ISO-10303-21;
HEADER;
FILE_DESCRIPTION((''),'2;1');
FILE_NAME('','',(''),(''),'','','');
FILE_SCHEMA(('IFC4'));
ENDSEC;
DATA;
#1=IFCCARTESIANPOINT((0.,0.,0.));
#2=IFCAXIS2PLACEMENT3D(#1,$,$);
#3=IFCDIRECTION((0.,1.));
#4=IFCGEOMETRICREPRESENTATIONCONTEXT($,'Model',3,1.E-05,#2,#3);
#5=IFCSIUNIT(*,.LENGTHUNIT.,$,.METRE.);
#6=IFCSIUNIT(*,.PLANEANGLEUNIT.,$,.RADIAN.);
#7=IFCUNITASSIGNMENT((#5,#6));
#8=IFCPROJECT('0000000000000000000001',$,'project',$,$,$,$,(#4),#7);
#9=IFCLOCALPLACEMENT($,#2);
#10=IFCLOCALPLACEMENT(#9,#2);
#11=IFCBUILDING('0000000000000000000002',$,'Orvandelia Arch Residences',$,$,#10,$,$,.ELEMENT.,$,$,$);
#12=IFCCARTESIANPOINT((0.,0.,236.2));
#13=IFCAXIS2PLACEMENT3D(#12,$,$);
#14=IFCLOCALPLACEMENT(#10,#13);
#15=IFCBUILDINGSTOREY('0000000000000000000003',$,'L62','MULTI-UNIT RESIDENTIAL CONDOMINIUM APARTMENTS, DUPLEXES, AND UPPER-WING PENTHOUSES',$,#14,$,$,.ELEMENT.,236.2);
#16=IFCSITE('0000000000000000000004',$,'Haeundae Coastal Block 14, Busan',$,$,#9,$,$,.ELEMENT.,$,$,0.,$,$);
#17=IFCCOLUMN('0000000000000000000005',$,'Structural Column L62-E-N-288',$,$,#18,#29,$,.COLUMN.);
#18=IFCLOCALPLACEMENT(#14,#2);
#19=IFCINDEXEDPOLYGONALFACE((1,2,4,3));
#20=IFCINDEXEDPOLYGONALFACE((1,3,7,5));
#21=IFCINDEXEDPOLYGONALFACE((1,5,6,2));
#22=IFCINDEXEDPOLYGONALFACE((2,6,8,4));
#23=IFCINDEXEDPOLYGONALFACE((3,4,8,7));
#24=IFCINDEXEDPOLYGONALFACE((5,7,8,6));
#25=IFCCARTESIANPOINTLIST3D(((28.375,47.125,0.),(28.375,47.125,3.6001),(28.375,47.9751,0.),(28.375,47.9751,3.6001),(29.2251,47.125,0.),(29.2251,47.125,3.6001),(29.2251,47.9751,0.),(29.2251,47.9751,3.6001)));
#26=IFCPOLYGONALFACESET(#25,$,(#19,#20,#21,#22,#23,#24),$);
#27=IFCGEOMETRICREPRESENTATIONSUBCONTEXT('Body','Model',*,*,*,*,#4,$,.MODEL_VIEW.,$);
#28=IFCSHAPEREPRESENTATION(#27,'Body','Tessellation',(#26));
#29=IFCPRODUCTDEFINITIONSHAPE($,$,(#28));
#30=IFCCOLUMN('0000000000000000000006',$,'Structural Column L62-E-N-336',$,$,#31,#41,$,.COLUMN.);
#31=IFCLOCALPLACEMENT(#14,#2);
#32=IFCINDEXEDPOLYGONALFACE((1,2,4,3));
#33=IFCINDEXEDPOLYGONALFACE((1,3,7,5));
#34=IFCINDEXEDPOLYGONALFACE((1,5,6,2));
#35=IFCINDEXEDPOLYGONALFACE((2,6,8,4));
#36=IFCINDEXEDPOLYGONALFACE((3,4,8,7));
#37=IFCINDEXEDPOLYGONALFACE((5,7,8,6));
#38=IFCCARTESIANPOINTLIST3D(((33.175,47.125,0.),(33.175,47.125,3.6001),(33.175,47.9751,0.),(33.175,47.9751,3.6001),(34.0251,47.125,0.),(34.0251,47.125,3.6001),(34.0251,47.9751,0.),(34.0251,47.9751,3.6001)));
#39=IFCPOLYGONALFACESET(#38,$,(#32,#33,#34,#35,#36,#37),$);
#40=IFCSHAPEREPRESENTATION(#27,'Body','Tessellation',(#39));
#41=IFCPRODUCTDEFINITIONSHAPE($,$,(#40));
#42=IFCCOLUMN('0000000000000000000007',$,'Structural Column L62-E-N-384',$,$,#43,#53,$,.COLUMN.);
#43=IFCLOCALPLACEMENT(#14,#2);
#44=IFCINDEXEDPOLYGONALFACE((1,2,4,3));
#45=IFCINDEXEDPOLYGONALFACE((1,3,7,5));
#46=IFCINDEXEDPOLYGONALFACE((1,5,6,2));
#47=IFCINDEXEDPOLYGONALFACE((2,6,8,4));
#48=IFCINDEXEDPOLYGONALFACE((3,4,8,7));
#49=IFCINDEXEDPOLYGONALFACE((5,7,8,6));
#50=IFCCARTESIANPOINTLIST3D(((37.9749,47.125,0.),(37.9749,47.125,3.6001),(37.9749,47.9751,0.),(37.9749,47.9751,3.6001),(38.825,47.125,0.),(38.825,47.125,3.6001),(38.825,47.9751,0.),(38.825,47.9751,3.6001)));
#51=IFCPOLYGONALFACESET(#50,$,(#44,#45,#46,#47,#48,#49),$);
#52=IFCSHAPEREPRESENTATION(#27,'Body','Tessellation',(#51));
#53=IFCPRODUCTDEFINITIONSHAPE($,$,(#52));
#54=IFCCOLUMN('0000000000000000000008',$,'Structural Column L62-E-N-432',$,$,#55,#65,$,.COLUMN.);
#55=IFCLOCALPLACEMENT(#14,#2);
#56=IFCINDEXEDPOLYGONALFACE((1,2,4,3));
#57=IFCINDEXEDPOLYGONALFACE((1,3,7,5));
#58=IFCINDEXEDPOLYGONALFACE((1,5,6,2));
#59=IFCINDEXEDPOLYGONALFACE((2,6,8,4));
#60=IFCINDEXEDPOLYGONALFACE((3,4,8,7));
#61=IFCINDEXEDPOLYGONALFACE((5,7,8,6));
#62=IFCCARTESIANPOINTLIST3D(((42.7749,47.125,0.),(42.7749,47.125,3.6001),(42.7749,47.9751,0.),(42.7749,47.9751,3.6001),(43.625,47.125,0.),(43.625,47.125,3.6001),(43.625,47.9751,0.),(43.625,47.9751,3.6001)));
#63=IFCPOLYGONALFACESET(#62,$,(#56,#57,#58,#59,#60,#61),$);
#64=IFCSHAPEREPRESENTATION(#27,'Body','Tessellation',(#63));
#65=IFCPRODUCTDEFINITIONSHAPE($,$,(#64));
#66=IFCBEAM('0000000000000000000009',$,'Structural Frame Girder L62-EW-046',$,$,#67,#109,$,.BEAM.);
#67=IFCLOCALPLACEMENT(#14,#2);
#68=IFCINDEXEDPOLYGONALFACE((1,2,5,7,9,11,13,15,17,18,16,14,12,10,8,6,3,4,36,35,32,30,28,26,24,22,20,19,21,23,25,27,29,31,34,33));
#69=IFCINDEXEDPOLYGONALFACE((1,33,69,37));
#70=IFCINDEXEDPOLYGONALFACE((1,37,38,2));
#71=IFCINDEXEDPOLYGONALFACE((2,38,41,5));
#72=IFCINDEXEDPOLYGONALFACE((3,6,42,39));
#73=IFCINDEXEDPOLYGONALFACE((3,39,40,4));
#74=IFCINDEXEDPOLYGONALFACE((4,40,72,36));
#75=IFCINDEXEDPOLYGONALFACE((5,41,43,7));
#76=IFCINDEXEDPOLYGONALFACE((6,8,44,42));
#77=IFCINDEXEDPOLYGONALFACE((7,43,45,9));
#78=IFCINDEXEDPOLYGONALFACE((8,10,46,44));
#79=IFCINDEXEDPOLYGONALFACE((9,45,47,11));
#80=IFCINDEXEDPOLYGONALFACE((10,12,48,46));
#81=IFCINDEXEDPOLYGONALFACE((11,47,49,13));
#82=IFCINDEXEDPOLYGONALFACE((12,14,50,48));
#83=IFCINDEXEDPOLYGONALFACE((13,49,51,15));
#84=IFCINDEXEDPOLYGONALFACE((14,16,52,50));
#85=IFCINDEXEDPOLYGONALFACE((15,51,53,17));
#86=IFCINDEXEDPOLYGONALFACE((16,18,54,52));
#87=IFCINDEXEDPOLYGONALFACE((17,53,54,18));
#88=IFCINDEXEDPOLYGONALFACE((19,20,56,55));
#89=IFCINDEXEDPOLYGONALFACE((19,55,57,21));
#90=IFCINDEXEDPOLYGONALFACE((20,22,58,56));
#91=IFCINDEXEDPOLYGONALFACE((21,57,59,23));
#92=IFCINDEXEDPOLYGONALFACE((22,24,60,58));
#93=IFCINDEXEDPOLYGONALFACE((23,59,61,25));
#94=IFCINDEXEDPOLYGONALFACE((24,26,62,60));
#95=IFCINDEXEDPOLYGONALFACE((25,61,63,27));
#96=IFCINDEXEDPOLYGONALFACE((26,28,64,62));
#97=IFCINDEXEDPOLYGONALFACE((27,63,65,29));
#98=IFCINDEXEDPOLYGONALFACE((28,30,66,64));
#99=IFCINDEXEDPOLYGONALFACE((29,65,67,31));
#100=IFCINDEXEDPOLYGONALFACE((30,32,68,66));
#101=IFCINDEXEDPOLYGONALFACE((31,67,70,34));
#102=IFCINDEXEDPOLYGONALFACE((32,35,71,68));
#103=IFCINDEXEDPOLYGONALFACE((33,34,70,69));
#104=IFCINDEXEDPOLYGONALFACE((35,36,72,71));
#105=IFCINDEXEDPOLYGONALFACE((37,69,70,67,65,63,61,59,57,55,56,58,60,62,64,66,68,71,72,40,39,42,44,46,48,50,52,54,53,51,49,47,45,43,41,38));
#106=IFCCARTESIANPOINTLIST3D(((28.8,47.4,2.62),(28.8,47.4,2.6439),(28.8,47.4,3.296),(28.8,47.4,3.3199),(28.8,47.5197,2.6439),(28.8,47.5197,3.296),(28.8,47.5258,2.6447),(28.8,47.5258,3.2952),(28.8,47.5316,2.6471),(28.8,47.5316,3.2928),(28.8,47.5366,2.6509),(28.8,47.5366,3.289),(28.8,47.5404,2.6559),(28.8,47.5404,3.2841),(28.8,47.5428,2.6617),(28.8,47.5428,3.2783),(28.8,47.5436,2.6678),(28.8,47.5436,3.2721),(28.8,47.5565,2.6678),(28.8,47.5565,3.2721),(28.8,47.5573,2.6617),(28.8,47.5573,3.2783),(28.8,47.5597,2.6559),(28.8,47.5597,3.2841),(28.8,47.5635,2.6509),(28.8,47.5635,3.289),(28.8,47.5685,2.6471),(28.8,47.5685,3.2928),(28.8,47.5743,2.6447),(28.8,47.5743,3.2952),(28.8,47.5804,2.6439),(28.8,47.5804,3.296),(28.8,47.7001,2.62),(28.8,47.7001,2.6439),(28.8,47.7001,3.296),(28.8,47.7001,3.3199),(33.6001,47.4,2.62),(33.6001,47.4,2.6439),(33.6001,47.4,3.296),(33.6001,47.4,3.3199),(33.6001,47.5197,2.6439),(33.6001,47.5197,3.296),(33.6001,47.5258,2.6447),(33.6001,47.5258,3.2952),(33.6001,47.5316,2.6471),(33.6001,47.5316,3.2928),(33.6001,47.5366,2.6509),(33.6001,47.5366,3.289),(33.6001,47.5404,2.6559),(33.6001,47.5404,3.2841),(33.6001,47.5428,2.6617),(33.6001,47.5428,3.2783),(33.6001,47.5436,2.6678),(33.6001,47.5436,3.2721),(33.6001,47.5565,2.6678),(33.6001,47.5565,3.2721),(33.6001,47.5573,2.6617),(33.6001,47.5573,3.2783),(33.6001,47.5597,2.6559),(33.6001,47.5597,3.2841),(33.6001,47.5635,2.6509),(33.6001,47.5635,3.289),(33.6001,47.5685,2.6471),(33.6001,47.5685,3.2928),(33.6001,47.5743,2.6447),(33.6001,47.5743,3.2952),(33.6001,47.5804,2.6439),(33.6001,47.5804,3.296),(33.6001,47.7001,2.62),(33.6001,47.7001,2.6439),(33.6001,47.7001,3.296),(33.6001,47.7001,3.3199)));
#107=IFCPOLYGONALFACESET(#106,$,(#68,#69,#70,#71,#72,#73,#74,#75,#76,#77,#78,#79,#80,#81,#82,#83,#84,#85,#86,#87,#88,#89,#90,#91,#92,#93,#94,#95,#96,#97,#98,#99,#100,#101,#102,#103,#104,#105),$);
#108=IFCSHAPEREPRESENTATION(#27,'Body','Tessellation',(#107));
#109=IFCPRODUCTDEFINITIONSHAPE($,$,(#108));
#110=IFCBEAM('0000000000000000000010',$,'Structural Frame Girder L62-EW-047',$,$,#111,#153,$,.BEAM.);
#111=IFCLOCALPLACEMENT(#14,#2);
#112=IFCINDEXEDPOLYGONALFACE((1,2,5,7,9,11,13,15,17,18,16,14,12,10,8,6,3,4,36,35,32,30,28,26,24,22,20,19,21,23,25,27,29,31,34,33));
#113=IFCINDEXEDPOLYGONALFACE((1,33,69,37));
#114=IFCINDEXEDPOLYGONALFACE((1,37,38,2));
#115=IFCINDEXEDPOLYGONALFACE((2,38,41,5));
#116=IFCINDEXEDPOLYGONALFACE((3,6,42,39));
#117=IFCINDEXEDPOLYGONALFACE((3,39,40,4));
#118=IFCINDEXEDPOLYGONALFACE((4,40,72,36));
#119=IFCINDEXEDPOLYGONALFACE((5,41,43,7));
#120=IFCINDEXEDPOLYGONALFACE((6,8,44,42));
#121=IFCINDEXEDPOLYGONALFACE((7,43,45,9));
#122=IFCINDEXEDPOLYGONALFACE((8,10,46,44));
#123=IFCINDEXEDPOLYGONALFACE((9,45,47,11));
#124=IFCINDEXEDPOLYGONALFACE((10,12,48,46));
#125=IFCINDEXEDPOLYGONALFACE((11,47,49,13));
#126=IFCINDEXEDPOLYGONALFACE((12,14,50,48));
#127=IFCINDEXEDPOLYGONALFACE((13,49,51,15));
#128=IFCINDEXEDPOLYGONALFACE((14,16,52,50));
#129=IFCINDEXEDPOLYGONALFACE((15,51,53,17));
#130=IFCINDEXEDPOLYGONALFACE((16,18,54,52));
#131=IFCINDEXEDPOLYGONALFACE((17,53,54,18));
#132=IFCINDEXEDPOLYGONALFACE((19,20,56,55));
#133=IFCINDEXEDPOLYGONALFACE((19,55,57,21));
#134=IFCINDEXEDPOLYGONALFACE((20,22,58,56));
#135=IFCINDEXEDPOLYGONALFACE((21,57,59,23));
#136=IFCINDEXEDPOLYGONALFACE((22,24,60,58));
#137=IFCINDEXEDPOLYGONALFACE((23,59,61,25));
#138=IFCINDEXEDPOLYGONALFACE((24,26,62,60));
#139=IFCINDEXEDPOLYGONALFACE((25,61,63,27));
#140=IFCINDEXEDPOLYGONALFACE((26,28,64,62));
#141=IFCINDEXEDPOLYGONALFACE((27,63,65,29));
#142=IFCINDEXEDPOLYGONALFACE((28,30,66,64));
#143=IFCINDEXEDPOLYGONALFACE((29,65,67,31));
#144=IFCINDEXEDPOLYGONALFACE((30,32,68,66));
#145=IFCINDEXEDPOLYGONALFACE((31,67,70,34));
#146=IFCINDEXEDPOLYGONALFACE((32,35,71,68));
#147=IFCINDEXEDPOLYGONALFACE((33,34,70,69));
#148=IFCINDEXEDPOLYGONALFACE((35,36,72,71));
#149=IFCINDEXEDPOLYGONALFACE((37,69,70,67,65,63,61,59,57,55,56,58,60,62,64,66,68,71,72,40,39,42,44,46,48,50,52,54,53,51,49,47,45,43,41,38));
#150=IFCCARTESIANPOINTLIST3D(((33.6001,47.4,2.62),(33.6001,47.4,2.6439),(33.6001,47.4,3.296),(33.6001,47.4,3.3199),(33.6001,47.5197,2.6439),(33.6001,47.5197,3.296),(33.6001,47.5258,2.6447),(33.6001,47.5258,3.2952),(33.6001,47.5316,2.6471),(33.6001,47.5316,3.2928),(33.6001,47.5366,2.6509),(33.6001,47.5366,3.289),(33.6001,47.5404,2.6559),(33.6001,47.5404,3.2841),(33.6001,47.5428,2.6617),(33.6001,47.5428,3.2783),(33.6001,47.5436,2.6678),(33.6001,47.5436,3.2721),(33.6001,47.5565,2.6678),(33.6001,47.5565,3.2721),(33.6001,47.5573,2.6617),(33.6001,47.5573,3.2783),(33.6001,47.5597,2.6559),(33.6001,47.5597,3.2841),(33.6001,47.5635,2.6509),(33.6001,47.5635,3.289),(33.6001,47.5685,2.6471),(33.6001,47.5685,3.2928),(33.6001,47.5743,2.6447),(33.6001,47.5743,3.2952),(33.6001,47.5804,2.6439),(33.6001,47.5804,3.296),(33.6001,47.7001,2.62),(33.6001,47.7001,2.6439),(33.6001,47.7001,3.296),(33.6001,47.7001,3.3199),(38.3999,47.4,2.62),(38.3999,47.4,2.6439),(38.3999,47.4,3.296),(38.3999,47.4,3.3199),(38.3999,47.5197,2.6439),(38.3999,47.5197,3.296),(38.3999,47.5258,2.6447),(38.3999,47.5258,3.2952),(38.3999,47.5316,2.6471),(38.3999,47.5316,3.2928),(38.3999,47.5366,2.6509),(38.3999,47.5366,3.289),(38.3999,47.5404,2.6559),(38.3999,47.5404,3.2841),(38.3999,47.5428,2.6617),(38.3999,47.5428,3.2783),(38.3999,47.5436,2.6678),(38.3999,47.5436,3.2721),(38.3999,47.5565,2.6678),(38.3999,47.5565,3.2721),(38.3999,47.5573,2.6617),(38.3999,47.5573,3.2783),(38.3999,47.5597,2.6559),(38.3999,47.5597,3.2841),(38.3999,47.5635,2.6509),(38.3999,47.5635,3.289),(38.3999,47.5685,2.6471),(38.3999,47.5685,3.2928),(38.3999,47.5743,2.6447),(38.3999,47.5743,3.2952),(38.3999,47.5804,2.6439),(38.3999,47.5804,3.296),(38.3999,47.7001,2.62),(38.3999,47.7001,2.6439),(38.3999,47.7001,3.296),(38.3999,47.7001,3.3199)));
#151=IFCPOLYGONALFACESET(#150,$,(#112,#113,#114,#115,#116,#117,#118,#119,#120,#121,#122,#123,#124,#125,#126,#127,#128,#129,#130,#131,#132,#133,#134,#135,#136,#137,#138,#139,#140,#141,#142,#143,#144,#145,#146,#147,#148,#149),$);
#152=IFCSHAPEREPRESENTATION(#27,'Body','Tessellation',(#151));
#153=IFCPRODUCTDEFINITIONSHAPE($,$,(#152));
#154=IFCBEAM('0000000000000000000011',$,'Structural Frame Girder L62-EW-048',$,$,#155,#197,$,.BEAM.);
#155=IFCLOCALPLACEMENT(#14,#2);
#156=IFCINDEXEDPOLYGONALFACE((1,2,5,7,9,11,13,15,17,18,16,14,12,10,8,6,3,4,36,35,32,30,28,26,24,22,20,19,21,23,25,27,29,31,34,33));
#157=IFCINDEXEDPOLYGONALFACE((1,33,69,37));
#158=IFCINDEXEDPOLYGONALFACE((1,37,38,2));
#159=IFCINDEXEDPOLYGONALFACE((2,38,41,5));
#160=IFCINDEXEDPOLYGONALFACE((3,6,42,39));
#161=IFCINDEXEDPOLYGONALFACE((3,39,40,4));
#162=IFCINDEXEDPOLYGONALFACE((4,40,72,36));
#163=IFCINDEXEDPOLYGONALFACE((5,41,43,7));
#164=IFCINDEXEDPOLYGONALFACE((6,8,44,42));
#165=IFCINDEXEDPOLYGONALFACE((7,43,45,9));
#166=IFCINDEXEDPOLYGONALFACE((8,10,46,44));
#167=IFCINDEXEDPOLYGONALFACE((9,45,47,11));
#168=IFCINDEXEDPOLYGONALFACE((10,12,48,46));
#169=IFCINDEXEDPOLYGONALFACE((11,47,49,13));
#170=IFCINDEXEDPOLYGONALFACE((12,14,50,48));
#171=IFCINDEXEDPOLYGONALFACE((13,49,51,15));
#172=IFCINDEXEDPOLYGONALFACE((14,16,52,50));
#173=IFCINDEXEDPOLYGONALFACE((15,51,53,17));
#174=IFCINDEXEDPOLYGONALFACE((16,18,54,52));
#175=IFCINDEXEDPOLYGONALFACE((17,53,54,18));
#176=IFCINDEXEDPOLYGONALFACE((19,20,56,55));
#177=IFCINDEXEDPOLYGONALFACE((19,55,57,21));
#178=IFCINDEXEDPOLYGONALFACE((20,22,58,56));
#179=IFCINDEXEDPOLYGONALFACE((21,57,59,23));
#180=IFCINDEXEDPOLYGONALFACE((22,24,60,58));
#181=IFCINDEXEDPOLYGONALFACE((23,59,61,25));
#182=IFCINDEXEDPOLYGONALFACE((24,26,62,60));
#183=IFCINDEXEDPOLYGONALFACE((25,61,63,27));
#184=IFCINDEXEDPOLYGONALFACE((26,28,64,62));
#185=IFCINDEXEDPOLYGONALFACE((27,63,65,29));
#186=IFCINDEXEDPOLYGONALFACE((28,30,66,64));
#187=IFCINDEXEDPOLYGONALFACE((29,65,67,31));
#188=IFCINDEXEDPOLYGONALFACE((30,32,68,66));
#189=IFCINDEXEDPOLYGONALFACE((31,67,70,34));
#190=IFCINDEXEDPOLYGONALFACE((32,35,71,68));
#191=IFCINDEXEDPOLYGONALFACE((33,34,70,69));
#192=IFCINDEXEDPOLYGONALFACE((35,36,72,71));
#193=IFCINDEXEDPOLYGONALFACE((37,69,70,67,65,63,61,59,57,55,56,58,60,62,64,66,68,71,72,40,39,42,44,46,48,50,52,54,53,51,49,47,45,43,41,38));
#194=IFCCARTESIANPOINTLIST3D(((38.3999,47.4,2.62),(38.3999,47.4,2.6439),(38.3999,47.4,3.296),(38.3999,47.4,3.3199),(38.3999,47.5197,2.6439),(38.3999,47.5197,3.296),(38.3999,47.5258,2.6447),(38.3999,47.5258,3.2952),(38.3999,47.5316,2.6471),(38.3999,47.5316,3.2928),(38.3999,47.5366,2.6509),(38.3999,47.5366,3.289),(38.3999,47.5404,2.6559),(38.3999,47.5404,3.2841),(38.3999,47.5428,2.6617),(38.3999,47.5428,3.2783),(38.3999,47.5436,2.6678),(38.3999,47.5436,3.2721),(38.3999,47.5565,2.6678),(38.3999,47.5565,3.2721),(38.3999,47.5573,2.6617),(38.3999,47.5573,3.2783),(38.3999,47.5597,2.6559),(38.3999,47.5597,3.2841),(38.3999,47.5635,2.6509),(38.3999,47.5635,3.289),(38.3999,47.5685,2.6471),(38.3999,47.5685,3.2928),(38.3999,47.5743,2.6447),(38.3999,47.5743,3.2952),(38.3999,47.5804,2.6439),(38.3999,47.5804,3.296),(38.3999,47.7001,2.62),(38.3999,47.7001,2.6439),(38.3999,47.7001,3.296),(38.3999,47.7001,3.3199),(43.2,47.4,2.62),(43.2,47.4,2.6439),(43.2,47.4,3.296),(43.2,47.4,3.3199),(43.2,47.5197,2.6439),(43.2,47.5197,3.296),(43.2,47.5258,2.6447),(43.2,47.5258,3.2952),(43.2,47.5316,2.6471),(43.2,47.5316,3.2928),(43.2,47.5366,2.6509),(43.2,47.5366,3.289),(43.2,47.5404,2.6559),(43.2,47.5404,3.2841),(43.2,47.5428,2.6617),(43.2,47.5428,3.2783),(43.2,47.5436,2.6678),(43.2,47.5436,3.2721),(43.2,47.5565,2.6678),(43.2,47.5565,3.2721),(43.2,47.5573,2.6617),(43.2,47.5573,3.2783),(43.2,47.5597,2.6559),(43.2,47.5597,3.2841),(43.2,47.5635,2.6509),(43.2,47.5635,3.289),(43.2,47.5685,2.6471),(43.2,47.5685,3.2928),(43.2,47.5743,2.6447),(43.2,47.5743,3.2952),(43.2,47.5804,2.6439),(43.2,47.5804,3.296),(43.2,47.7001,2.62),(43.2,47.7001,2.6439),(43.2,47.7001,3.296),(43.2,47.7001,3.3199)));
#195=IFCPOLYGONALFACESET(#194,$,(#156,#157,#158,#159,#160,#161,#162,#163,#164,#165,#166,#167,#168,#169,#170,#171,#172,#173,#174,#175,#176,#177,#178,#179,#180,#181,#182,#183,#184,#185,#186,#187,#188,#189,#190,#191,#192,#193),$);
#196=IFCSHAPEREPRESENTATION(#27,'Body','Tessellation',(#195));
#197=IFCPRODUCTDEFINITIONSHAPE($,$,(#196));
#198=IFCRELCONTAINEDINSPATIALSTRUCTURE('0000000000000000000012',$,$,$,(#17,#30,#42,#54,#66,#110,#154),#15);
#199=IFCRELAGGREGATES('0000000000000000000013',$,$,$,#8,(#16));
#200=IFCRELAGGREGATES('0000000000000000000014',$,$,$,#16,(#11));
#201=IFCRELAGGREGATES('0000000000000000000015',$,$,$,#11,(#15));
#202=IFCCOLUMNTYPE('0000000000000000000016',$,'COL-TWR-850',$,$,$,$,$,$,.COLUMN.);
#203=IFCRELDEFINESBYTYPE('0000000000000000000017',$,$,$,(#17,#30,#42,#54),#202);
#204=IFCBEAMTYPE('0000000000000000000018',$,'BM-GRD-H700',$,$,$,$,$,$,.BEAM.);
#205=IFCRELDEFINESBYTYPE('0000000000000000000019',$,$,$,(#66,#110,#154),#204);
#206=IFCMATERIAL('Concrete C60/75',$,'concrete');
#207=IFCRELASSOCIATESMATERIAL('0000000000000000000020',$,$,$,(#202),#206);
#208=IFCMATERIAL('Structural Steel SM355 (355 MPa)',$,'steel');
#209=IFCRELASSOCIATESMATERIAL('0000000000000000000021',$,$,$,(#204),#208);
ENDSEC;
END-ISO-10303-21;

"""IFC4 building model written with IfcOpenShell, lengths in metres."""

from ifc_helpers import new_model, si_unit, direction, frame, origin, origin_2d, place, context, subcontext, project, spatial, rectangle, i_section, extrude, material, material_profile, profile_set, type_object, element, save


model = new_model("IFC4")

# Units and contexts
model_context = context("Model", 3, precision=1e-05, world=origin(), true_north=direction((0.0, 1.0)))
body_context = subcontext(model_context, "Body", "Model", "MODEL_VIEW")
ifc_project = project(units=[si_unit("LENGTHUNIT", "METRE"), si_unit("PLANEANGLEUNIT", "RADIAN")], contexts=[model_context])

# Site, building, storey
site_placement = place(None, origin())
site = spatial("IfcSite", under=ifc_project, at=site_placement, Name="Haeundae Coastal Block 14, Busan", CompositionType="ELEMENT", RefElevation=0.0)
building_placement = place(site_placement, origin())
building = spatial("IfcBuilding", under=site, at=building_placement, Name="Orvandelia Arch Residences", CompositionType="ELEMENT")
storey_placement = place(building_placement, frame((0.0, 0.0, 236.2)))
storey = spatial("IfcBuildingStorey", under=building, at=storey_placement, Name="L62", Description="MULTI-UNIT RESIDENTIAL CONDOMINIUM APARTMENTS, DUPLEXES, AND UPPER-WING PENTHOUSES", CompositionType="ELEMENT", Elevation=236.2)

# Columns
ifc_material_1 = material(Name="Concrete C60/75", Category="concrete")
ifc_material_profile_1 = material_profile(ifc_material_1, rectangle(XDim=0.8501, YDim=0.8501, at=origin_2d()), Name="Concrete C60/75", Category="concrete")
ifc_profile_set_1 = profile_set([ifc_material_profile_1], Name="Concrete C60/75")
column_type = type_object("IfcColumnType", Name="COL-TWR-850", PredefinedType="COLUMN", material=ifc_profile_set_1)
for number, where, z_axis, x_axis, name in (
    (1, (28.8, 47.55, 0.0), (0.0, 0.0, 1.0), (1.0, 0.0, 0.0), "Structural Column L62-E-N-288"),
    (2, (33.6001, 47.55, 0.0), (0.0, 0.0, 1.0), (1.0, 0.0, 0.0), "Structural Column L62-E-N-336"),
    (3, (38.3999, 47.55, 0.0), (0.0, 0.0, 1.0), (1.0, 0.0, 0.0), "Structural Column L62-E-N-384"),
    (4, (43.2, 47.55, 0.0), (0.0, 0.0, 1.0), (1.0, 0.0, 0.0), "Structural Column L62-E-N-432"),
):
    element("IfcColumn", number, at=place(storey_placement, frame(where, z_axis=z_axis, x_axis=x_axis)), inside=storey, type_object=column_type, Name=name, PredefinedType="COLUMN", context=body_context, shape_type="SweptSolid", body=[
        extrude(rectangle(XDim=0.8501, YDim=0.8501, at=origin_2d()), origin(), (0.0, 0.0, 1.0), 3.6001),
    ])

# Beams
ifc_material_2 = material(Name="Structural Steel SM355 (355 MPa)", Category="steel")
ifc_material_profile_2 = material_profile(ifc_material_2, i_section(OverallWidth=0.3, OverallDepth=0.7, WebThickness=0.0129, FlangeThickness=0.0239, FilletRadius=0.0239, at=origin_2d()), Name="Structural Steel SM355 (355 MPa)", Category="steel")
ifc_profile_set_2 = profile_set([ifc_material_profile_2], Name="Structural Steel SM355 (355 MPa)")
beam_type = type_object("IfcBeamType", Name="BM-GRD-H700", PredefinedType="BEAM", material=ifc_profile_set_2)
beam_1_placement = place(storey_placement, frame((28.8, 47.55, 2.97), z_axis=(1.0, 0.0, 0.0), x_axis=(0.0, 1.0, 0.0)))
element("IfcBeam", 5, at=beam_1_placement, inside=storey, type_object=beam_type, Name="Structural Frame Girder L62-EW-046", PredefinedType="BEAM", context=body_context, shape_type="SweptSolid", body=[
    extrude(i_section(OverallWidth=0.3, OverallDepth=0.7, WebThickness=0.0129, FlangeThickness=0.0239, FilletRadius=0.0239, at=origin_2d()), origin(), (0.0, 0.0, 1.0), 4.8),
])
beam_2_placement = place(storey_placement, frame((33.6001, 47.55, 2.97), z_axis=(1.0, 0.0, 0.0), x_axis=(0.0, 1.0, 0.0)))
element("IfcBeam", 6, at=beam_2_placement, inside=storey, type_object=beam_type, Name="Structural Frame Girder L62-EW-047", PredefinedType="BEAM", context=body_context, shape_type="SweptSolid", body=[
    extrude(i_section(OverallWidth=0.3, OverallDepth=0.7, WebThickness=0.0129, FlangeThickness=0.0239, FilletRadius=0.0239, at=origin_2d()), origin(), (0.0, 0.0, 1.0), 4.7998),
])
beam_3_placement = place(storey_placement, frame((38.3999, 47.55, 2.97), z_axis=(1.0, 0.0, 0.0), x_axis=(0.0, 1.0, 0.0)))
element("IfcBeam", 7, at=beam_3_placement, inside=storey, type_object=beam_type, Name="Structural Frame Girder L62-EW-048", PredefinedType="BEAM", context=body_context, shape_type="SweptSolid", body=[
    extrude(i_section(OverallWidth=0.3, OverallDepth=0.7, WebThickness=0.0129, FlangeThickness=0.0239, FilletRadius=0.0239, at=origin_2d()), origin(), (0.0, 0.0, 1.0), 4.8),
])

save(model, "model.ifc")
